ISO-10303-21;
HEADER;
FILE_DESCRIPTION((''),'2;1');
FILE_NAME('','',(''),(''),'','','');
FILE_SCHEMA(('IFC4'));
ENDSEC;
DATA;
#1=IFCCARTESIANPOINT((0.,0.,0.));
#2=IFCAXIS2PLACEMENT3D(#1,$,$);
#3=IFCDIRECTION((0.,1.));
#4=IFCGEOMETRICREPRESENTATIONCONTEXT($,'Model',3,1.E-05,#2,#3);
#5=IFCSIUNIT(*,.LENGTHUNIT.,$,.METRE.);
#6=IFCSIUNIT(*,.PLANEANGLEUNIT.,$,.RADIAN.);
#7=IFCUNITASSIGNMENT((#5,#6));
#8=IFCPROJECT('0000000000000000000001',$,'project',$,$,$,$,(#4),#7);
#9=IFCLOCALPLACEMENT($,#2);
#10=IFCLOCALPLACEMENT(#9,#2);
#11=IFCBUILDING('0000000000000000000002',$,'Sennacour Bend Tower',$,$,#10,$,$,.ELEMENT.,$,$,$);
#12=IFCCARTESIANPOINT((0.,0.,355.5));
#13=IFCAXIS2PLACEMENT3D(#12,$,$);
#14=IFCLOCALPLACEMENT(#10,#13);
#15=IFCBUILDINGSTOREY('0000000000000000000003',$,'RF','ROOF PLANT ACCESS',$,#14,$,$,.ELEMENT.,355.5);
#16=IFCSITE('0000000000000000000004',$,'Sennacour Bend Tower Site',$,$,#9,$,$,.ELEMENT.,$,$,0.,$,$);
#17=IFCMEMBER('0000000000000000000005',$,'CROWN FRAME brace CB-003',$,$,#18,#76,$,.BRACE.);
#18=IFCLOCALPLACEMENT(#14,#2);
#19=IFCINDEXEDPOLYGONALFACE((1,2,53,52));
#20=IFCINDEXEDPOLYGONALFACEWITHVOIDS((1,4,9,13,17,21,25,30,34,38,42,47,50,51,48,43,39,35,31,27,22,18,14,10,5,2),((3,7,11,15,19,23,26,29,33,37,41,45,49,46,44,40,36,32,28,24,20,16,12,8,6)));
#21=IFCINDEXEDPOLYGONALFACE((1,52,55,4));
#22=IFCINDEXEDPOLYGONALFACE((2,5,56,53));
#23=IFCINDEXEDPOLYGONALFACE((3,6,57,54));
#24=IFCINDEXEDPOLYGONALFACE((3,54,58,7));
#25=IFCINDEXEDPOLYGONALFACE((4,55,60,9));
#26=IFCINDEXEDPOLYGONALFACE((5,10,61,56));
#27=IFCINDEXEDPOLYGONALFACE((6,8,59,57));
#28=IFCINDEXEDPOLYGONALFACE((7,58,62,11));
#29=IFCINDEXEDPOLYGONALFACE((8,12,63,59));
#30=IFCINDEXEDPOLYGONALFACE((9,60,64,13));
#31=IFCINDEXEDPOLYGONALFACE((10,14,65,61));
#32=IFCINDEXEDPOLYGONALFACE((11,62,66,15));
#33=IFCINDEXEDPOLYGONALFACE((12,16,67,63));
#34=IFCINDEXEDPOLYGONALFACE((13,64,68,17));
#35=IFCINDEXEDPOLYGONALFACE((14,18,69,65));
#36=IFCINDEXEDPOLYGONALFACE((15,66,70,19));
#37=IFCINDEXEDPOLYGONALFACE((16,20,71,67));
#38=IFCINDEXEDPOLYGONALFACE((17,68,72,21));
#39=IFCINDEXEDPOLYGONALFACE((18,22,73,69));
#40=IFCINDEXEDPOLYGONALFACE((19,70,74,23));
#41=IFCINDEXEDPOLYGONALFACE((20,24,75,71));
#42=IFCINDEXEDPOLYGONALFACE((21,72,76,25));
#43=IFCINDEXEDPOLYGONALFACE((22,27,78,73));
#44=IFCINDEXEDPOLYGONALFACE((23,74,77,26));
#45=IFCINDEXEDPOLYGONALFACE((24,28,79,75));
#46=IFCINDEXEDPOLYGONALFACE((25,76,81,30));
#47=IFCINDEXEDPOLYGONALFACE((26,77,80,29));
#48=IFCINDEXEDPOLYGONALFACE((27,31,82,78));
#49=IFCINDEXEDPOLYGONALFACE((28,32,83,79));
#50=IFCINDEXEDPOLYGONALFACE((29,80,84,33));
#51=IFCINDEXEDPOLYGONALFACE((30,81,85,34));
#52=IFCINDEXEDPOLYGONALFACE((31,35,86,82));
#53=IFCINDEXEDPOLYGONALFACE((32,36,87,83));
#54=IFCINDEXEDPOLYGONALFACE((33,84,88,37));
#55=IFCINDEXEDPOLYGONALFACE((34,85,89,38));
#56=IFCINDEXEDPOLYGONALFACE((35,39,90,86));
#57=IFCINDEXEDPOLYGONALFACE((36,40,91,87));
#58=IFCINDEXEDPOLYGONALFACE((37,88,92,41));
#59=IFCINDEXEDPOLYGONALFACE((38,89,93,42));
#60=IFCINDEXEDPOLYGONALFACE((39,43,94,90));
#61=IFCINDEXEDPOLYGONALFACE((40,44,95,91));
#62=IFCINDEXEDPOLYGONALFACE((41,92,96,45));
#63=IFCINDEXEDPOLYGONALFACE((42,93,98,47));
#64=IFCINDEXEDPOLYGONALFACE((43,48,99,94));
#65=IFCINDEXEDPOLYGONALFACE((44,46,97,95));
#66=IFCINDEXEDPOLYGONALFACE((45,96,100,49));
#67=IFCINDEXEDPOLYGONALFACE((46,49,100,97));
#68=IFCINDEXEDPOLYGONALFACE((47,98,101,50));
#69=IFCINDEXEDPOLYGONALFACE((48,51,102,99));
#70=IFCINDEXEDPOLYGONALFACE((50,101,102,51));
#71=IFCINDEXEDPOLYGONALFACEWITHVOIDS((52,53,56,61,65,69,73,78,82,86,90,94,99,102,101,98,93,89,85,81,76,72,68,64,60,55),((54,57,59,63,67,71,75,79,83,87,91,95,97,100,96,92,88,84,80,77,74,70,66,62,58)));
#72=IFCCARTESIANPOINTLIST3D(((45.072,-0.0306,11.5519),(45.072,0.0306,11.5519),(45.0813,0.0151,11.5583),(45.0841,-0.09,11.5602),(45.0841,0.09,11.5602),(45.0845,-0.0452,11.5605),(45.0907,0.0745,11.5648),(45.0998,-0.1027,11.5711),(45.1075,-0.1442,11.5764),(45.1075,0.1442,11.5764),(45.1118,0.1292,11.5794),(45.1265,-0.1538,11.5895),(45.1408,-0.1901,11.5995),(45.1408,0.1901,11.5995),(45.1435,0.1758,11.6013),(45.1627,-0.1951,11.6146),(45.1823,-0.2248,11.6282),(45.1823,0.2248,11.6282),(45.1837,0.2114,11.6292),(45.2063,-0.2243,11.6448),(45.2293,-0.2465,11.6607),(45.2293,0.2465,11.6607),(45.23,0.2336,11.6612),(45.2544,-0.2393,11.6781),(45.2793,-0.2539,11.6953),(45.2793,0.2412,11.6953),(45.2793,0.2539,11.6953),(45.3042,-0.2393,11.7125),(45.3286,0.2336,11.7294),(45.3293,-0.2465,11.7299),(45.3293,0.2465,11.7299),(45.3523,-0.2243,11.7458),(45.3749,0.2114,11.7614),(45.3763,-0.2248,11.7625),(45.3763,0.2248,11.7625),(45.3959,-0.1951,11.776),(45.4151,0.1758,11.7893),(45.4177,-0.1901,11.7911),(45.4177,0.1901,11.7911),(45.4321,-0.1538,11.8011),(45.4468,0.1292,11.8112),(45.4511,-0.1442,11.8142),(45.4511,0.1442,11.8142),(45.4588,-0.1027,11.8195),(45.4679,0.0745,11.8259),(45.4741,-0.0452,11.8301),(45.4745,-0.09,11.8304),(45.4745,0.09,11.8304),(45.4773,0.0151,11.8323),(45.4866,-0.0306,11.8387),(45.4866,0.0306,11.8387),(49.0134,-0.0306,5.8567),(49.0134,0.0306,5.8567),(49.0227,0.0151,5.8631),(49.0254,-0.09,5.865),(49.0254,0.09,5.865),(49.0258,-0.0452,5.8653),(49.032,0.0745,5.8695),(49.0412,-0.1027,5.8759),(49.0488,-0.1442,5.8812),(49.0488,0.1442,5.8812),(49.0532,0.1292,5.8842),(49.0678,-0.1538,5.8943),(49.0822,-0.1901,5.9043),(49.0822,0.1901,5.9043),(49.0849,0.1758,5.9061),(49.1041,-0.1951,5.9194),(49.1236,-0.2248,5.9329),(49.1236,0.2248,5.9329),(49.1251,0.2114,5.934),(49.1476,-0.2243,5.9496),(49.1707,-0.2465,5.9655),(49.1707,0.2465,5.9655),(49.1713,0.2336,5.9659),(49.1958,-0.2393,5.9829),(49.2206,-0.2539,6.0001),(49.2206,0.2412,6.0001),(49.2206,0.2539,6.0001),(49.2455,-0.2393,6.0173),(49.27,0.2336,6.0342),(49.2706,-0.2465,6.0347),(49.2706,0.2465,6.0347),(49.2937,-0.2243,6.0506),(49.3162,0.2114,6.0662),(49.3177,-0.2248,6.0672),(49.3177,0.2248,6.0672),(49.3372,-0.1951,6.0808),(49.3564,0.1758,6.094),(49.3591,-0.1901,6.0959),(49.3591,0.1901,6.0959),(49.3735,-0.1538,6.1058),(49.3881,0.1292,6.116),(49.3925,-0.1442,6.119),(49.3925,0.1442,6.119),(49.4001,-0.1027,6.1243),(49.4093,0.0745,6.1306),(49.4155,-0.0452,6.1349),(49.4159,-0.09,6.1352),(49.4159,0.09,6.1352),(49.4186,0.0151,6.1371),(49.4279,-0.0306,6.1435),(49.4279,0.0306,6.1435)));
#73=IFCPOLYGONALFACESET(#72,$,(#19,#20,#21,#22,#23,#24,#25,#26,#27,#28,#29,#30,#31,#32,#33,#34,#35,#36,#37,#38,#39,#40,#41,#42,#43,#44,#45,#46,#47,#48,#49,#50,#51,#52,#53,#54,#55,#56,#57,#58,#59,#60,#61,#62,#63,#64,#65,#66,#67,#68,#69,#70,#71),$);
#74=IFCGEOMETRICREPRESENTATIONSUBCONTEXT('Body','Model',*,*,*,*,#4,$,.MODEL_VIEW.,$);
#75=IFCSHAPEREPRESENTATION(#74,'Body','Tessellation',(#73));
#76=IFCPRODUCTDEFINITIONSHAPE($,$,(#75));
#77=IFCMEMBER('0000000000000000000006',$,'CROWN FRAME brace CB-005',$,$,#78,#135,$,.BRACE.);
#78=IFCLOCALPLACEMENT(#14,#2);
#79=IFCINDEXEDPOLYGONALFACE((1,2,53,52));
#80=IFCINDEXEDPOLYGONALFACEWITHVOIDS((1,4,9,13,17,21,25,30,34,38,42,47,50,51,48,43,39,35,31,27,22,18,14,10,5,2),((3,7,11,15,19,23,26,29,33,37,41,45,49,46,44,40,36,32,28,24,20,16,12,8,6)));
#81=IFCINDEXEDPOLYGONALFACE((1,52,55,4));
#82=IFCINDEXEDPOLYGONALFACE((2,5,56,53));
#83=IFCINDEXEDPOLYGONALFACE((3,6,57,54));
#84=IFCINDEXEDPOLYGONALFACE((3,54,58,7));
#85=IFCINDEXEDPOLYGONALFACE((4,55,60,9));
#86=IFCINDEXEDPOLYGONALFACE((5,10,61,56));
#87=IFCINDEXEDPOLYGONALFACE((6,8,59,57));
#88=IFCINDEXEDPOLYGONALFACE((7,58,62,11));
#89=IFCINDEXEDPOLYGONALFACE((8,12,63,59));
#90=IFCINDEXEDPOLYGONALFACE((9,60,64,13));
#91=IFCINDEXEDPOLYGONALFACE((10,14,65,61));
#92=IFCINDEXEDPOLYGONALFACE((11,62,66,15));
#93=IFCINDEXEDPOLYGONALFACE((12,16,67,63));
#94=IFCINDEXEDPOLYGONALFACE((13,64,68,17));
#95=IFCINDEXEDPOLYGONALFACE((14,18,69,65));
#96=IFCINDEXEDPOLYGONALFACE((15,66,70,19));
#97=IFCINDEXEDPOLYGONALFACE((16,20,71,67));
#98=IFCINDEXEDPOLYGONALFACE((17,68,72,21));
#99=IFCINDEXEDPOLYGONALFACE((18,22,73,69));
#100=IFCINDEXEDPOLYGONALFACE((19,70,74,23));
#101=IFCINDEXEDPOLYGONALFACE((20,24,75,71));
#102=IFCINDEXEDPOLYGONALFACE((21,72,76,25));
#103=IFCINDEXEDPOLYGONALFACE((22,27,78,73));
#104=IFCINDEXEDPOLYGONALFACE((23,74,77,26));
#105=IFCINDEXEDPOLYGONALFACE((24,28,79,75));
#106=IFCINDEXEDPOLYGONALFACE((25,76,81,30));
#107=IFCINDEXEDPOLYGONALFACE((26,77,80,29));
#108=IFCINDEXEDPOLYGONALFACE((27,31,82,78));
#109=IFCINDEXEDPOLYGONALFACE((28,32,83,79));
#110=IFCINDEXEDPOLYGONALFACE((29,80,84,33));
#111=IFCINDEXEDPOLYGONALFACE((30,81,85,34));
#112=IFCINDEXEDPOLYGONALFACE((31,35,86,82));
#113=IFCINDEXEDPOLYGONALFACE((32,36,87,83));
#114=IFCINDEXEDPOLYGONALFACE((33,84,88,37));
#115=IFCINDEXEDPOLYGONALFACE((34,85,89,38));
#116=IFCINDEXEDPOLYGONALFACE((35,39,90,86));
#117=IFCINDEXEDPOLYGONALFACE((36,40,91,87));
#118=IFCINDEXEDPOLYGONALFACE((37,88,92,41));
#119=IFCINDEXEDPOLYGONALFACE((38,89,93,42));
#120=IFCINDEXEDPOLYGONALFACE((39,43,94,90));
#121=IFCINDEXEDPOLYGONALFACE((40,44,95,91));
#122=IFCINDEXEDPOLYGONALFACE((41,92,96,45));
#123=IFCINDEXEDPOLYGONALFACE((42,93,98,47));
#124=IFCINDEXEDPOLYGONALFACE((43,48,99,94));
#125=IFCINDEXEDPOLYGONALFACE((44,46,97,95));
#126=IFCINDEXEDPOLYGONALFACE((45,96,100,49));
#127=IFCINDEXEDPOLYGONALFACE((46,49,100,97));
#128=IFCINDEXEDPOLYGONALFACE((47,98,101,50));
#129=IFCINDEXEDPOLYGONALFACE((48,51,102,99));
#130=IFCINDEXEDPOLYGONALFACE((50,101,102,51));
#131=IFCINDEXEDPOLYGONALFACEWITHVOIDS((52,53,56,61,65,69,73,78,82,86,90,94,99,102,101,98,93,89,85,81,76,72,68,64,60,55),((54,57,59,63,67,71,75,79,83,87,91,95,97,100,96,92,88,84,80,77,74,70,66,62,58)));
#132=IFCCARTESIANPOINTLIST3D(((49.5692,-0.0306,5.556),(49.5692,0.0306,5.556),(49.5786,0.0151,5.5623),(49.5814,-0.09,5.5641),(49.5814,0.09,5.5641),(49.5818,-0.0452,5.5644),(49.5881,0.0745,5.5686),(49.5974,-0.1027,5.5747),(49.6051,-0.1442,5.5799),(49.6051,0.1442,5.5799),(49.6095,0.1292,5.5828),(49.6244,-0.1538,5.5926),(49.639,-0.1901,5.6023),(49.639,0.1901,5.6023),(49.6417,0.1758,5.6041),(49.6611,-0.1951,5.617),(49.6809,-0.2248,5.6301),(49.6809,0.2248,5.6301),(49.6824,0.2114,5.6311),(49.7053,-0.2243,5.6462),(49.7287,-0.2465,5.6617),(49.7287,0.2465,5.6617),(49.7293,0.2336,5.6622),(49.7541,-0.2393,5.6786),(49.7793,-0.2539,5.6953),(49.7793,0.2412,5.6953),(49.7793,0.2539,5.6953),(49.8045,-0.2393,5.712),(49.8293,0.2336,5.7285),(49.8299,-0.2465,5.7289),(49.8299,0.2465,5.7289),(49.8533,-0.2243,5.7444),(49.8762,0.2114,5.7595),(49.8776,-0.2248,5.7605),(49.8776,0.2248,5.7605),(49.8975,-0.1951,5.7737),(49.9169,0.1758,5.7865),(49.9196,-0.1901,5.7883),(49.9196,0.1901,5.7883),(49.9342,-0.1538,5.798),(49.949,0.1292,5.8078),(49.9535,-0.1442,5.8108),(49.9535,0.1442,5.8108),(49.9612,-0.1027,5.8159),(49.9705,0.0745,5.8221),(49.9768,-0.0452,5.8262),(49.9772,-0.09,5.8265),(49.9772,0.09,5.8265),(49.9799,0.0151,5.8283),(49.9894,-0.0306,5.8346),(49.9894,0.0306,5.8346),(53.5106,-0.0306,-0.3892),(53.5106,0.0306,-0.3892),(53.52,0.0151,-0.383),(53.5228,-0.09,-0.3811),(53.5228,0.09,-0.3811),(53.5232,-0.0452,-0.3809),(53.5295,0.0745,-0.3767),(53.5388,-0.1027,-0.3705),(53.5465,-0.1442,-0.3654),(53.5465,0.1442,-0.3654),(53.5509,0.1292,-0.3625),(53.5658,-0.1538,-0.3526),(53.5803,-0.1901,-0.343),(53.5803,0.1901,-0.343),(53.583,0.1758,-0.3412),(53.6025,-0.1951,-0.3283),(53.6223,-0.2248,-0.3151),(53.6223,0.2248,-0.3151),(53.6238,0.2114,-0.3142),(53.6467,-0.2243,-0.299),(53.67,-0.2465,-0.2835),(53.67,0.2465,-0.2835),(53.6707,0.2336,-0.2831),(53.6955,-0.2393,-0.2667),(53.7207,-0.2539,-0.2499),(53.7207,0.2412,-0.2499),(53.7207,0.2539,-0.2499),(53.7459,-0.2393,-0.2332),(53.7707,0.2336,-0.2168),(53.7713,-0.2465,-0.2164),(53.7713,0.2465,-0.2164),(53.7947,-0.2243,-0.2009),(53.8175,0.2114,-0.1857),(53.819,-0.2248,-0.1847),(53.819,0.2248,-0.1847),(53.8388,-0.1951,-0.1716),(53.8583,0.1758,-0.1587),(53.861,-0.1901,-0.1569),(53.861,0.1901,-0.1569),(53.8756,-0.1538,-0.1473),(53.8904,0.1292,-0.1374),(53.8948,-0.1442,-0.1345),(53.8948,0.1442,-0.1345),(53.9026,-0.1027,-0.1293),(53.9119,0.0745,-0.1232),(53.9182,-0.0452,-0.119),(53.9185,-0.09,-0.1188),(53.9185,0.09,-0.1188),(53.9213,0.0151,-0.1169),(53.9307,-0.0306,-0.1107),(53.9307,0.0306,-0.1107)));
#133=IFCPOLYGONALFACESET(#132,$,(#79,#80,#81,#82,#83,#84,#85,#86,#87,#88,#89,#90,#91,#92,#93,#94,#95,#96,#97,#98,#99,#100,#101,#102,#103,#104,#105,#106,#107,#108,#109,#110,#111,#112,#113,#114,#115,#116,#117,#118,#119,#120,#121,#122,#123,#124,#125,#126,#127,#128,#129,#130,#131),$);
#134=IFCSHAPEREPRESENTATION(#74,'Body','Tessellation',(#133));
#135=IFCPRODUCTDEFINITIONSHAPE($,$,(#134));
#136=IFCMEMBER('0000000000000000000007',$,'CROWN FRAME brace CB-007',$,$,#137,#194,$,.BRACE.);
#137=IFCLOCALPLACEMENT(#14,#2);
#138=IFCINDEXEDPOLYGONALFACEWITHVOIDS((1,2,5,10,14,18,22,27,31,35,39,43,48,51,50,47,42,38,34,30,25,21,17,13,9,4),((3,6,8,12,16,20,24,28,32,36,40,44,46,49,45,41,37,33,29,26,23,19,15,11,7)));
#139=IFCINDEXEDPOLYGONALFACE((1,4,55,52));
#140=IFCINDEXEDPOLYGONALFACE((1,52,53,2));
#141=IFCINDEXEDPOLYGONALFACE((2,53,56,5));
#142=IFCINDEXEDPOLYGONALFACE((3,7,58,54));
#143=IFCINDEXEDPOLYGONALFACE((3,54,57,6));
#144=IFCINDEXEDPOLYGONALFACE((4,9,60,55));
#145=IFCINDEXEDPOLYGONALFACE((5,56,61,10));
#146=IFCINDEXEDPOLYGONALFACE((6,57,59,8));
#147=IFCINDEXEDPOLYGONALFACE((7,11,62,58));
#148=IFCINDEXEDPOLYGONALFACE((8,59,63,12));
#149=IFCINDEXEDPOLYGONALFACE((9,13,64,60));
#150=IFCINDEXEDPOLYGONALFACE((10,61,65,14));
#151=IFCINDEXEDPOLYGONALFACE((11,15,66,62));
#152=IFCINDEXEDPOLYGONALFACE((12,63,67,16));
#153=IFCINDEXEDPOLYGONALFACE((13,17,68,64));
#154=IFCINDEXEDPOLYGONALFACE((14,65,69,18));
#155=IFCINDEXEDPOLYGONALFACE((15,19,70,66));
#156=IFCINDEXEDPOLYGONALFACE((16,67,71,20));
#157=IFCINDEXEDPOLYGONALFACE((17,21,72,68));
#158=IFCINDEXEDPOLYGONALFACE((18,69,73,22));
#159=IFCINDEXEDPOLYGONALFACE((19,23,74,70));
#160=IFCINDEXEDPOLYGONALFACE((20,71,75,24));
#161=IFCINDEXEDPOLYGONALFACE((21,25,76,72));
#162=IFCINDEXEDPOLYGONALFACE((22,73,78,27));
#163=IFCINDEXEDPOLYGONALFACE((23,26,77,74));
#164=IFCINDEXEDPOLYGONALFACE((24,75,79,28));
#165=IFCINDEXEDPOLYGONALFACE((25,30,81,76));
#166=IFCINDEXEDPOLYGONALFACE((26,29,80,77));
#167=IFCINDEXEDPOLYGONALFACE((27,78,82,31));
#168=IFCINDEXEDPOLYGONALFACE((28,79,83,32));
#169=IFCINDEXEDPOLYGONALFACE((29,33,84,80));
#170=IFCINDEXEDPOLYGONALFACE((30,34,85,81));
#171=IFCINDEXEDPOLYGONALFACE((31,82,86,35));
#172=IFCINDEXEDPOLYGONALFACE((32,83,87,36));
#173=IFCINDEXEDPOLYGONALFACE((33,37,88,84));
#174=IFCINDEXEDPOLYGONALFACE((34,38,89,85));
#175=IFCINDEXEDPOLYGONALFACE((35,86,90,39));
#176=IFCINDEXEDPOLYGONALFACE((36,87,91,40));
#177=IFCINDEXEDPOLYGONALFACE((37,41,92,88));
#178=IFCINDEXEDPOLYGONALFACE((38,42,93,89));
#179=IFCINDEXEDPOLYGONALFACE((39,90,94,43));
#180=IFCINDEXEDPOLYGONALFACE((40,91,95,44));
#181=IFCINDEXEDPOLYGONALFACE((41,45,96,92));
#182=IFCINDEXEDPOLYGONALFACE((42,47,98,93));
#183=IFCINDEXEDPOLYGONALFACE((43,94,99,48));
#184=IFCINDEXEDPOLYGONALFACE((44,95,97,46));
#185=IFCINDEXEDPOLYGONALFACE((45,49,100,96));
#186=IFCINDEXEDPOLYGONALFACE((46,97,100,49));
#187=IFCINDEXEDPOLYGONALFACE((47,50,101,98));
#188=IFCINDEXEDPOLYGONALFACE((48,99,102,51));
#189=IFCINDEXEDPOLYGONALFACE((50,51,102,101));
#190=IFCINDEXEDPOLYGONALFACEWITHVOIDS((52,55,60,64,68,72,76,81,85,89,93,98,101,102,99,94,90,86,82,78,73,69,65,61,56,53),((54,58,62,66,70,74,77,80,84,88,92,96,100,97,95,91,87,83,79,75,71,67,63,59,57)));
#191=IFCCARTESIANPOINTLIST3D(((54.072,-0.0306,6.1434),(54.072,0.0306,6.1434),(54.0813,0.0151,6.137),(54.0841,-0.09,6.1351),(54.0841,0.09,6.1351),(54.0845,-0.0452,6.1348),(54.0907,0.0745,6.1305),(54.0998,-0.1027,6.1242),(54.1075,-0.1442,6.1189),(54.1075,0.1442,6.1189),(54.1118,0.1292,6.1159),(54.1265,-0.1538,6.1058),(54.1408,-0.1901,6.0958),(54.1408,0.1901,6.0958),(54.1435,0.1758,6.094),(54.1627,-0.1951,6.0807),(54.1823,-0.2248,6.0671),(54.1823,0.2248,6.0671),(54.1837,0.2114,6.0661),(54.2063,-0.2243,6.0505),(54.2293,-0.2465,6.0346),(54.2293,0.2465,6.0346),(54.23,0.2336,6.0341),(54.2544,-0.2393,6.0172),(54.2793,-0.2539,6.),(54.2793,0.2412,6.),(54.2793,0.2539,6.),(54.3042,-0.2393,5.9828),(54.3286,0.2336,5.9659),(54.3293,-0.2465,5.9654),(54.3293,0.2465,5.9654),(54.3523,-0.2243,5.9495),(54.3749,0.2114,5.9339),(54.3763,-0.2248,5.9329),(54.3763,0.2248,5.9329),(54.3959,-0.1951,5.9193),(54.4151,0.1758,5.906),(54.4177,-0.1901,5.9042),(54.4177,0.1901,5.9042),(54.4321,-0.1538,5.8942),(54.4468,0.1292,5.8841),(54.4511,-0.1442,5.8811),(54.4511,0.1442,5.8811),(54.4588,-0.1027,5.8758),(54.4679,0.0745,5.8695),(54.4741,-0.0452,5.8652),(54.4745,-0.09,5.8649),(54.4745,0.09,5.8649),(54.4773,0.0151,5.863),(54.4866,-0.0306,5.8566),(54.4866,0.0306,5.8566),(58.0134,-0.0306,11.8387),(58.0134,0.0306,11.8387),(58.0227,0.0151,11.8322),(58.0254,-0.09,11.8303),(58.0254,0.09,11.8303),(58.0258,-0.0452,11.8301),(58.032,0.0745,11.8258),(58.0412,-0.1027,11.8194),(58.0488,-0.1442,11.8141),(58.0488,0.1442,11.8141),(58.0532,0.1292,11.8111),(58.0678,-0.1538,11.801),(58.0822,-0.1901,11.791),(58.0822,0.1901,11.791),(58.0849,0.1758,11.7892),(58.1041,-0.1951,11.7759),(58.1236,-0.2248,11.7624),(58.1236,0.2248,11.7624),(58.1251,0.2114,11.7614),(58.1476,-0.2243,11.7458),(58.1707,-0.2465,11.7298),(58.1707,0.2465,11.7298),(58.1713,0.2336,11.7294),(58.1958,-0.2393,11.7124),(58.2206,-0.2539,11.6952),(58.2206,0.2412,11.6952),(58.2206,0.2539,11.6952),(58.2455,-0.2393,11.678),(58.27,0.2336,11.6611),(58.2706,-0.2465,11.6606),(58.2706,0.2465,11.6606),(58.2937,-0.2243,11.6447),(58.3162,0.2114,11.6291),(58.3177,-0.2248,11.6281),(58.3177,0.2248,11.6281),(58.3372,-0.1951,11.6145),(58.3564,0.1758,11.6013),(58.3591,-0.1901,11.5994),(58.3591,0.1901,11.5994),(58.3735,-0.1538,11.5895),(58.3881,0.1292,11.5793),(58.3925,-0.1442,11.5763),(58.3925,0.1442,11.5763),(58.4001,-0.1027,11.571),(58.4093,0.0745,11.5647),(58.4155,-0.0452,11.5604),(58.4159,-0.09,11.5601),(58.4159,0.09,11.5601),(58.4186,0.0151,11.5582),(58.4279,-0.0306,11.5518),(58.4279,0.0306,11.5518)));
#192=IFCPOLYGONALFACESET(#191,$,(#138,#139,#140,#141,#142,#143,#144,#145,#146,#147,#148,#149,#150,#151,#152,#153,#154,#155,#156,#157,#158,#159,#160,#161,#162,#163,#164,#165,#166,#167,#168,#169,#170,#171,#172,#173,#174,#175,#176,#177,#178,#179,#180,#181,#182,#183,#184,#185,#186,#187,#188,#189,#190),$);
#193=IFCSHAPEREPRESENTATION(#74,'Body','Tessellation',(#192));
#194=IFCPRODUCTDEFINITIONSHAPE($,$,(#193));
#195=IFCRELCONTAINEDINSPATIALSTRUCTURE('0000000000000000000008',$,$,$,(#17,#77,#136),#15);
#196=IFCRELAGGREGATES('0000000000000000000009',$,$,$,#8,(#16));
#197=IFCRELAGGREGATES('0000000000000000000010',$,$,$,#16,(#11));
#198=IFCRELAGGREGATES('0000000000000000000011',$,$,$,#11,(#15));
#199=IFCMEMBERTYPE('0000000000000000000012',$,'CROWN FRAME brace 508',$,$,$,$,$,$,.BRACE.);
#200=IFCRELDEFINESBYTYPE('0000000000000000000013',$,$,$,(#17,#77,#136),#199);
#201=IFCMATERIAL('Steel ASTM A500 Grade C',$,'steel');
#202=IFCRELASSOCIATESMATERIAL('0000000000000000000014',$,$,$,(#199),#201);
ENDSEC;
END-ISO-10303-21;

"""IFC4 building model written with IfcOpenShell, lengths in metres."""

from ifc_helpers import new_model, si_unit, direction, frame, origin, origin_2d, place, context, subcontext, project, spatial, hollow_circle, extrude, material, material_profile, profile_set, type_object, element, save


model = new_model("IFC4")

# Units and contexts
model_context = context("Model", 3, precision=1e-05, world=origin(), true_north=direction((0.0, 1.0)))
body_context = subcontext(model_context, "Body", "Model", "MODEL_VIEW")
ifc_project = project(units=[si_unit("LENGTHUNIT", "METRE"), si_unit("PLANEANGLEUNIT", "RADIAN")], contexts=[model_context])

# Site, building, storey
site_placement = place(None, origin())
site = spatial("IfcSite", under=ifc_project, at=site_placement, Name="Sennacour Bend Tower Site", CompositionType="ELEMENT", RefElevation=0.0)
building_placement = place(site_placement, origin())
building = spatial("IfcBuilding", under=site, at=building_placement, Name="Sennacour Bend Tower", CompositionType="ELEMENT")
storey_placement = place(building_placement, frame((0.0, 0.0, 355.5)))
storey = spatial("IfcBuildingStorey", under=building, at=storey_placement, Name="RF", Description="ROOF PLANT ACCESS", CompositionType="ELEMENT", Elevation=355.5)

# Shared definitions
ifc_material_1 = material(Name="Steel ASTM A500 Grade C", Category="steel")

# Members
ifc_material_profile_1 = material_profile(ifc_material_1, hollow_circle(Radius=0.2539, WallThickness=0.0127, at=origin_2d()), Name="Steel ASTM A500 Grade C", Category="steel")
ifc_profile_set_1 = profile_set([ifc_material_profile_1], Name="Steel ASTM A500 Grade C")
member_type_1 = type_object("IfcMemberType", Name="CROWN FRAME brace 508", PredefinedType="BRACE", material=ifc_profile_set_1)
member_1_placement = place(storey_placement, frame((45.2793, 0.0, 11.6953), z_axis=(0.569063, 0.0, -0.822294), x_axis=(0.0, 1.0, 0.0)))
element("IfcMember", 1, at=member_1_placement, inside=storey, type_object=member_type_1, Name="CROWN FRAME brace CB-003", PredefinedType="BRACE", context=body_context, shape_type="SweptSolid", body=[
    extrude(hollow_circle(Radius=0.2539, WallThickness=0.0127, at=origin_2d()), origin(), (0.0, 0.0, 1.0), 6.926),
])
member_2_placement = place(storey_placement, frame((49.7793, 0.0, 5.6953), z_axis=(0.55255, 0.0, -0.83348), x_axis=(0.0, 1.0, 0.0)))
element("IfcMember", 2, at=member_2_placement, inside=storey, type_object=member_type_1, Name="CROWN FRAME brace CB-005", PredefinedType="BRACE", context=body_context, shape_type="SweptSolid", body=[
    extrude(hollow_circle(Radius=0.2539, WallThickness=0.0127, at=origin_2d()), origin(), (0.0, 0.0, 1.0), 7.1331),
])
member_3_placement = place(storey_placement, frame((54.2793, 0.0, 6.0), z_axis=(0.569063, 0.0, 0.822294), x_axis=(0.0, 1.0, 0.0)))
element("IfcMember", 3, at=member_3_placement, inside=storey, type_object=member_type_1, Name="CROWN FRAME brace CB-007", PredefinedType="BRACE", context=body_context, shape_type="SweptSolid", body=[
    extrude(hollow_circle(Radius=0.2539, WallThickness=0.0127, at=origin_2d()), origin(), (0.0, 0.0, 1.0), 6.926),
])

save(model, "model.ifc")
